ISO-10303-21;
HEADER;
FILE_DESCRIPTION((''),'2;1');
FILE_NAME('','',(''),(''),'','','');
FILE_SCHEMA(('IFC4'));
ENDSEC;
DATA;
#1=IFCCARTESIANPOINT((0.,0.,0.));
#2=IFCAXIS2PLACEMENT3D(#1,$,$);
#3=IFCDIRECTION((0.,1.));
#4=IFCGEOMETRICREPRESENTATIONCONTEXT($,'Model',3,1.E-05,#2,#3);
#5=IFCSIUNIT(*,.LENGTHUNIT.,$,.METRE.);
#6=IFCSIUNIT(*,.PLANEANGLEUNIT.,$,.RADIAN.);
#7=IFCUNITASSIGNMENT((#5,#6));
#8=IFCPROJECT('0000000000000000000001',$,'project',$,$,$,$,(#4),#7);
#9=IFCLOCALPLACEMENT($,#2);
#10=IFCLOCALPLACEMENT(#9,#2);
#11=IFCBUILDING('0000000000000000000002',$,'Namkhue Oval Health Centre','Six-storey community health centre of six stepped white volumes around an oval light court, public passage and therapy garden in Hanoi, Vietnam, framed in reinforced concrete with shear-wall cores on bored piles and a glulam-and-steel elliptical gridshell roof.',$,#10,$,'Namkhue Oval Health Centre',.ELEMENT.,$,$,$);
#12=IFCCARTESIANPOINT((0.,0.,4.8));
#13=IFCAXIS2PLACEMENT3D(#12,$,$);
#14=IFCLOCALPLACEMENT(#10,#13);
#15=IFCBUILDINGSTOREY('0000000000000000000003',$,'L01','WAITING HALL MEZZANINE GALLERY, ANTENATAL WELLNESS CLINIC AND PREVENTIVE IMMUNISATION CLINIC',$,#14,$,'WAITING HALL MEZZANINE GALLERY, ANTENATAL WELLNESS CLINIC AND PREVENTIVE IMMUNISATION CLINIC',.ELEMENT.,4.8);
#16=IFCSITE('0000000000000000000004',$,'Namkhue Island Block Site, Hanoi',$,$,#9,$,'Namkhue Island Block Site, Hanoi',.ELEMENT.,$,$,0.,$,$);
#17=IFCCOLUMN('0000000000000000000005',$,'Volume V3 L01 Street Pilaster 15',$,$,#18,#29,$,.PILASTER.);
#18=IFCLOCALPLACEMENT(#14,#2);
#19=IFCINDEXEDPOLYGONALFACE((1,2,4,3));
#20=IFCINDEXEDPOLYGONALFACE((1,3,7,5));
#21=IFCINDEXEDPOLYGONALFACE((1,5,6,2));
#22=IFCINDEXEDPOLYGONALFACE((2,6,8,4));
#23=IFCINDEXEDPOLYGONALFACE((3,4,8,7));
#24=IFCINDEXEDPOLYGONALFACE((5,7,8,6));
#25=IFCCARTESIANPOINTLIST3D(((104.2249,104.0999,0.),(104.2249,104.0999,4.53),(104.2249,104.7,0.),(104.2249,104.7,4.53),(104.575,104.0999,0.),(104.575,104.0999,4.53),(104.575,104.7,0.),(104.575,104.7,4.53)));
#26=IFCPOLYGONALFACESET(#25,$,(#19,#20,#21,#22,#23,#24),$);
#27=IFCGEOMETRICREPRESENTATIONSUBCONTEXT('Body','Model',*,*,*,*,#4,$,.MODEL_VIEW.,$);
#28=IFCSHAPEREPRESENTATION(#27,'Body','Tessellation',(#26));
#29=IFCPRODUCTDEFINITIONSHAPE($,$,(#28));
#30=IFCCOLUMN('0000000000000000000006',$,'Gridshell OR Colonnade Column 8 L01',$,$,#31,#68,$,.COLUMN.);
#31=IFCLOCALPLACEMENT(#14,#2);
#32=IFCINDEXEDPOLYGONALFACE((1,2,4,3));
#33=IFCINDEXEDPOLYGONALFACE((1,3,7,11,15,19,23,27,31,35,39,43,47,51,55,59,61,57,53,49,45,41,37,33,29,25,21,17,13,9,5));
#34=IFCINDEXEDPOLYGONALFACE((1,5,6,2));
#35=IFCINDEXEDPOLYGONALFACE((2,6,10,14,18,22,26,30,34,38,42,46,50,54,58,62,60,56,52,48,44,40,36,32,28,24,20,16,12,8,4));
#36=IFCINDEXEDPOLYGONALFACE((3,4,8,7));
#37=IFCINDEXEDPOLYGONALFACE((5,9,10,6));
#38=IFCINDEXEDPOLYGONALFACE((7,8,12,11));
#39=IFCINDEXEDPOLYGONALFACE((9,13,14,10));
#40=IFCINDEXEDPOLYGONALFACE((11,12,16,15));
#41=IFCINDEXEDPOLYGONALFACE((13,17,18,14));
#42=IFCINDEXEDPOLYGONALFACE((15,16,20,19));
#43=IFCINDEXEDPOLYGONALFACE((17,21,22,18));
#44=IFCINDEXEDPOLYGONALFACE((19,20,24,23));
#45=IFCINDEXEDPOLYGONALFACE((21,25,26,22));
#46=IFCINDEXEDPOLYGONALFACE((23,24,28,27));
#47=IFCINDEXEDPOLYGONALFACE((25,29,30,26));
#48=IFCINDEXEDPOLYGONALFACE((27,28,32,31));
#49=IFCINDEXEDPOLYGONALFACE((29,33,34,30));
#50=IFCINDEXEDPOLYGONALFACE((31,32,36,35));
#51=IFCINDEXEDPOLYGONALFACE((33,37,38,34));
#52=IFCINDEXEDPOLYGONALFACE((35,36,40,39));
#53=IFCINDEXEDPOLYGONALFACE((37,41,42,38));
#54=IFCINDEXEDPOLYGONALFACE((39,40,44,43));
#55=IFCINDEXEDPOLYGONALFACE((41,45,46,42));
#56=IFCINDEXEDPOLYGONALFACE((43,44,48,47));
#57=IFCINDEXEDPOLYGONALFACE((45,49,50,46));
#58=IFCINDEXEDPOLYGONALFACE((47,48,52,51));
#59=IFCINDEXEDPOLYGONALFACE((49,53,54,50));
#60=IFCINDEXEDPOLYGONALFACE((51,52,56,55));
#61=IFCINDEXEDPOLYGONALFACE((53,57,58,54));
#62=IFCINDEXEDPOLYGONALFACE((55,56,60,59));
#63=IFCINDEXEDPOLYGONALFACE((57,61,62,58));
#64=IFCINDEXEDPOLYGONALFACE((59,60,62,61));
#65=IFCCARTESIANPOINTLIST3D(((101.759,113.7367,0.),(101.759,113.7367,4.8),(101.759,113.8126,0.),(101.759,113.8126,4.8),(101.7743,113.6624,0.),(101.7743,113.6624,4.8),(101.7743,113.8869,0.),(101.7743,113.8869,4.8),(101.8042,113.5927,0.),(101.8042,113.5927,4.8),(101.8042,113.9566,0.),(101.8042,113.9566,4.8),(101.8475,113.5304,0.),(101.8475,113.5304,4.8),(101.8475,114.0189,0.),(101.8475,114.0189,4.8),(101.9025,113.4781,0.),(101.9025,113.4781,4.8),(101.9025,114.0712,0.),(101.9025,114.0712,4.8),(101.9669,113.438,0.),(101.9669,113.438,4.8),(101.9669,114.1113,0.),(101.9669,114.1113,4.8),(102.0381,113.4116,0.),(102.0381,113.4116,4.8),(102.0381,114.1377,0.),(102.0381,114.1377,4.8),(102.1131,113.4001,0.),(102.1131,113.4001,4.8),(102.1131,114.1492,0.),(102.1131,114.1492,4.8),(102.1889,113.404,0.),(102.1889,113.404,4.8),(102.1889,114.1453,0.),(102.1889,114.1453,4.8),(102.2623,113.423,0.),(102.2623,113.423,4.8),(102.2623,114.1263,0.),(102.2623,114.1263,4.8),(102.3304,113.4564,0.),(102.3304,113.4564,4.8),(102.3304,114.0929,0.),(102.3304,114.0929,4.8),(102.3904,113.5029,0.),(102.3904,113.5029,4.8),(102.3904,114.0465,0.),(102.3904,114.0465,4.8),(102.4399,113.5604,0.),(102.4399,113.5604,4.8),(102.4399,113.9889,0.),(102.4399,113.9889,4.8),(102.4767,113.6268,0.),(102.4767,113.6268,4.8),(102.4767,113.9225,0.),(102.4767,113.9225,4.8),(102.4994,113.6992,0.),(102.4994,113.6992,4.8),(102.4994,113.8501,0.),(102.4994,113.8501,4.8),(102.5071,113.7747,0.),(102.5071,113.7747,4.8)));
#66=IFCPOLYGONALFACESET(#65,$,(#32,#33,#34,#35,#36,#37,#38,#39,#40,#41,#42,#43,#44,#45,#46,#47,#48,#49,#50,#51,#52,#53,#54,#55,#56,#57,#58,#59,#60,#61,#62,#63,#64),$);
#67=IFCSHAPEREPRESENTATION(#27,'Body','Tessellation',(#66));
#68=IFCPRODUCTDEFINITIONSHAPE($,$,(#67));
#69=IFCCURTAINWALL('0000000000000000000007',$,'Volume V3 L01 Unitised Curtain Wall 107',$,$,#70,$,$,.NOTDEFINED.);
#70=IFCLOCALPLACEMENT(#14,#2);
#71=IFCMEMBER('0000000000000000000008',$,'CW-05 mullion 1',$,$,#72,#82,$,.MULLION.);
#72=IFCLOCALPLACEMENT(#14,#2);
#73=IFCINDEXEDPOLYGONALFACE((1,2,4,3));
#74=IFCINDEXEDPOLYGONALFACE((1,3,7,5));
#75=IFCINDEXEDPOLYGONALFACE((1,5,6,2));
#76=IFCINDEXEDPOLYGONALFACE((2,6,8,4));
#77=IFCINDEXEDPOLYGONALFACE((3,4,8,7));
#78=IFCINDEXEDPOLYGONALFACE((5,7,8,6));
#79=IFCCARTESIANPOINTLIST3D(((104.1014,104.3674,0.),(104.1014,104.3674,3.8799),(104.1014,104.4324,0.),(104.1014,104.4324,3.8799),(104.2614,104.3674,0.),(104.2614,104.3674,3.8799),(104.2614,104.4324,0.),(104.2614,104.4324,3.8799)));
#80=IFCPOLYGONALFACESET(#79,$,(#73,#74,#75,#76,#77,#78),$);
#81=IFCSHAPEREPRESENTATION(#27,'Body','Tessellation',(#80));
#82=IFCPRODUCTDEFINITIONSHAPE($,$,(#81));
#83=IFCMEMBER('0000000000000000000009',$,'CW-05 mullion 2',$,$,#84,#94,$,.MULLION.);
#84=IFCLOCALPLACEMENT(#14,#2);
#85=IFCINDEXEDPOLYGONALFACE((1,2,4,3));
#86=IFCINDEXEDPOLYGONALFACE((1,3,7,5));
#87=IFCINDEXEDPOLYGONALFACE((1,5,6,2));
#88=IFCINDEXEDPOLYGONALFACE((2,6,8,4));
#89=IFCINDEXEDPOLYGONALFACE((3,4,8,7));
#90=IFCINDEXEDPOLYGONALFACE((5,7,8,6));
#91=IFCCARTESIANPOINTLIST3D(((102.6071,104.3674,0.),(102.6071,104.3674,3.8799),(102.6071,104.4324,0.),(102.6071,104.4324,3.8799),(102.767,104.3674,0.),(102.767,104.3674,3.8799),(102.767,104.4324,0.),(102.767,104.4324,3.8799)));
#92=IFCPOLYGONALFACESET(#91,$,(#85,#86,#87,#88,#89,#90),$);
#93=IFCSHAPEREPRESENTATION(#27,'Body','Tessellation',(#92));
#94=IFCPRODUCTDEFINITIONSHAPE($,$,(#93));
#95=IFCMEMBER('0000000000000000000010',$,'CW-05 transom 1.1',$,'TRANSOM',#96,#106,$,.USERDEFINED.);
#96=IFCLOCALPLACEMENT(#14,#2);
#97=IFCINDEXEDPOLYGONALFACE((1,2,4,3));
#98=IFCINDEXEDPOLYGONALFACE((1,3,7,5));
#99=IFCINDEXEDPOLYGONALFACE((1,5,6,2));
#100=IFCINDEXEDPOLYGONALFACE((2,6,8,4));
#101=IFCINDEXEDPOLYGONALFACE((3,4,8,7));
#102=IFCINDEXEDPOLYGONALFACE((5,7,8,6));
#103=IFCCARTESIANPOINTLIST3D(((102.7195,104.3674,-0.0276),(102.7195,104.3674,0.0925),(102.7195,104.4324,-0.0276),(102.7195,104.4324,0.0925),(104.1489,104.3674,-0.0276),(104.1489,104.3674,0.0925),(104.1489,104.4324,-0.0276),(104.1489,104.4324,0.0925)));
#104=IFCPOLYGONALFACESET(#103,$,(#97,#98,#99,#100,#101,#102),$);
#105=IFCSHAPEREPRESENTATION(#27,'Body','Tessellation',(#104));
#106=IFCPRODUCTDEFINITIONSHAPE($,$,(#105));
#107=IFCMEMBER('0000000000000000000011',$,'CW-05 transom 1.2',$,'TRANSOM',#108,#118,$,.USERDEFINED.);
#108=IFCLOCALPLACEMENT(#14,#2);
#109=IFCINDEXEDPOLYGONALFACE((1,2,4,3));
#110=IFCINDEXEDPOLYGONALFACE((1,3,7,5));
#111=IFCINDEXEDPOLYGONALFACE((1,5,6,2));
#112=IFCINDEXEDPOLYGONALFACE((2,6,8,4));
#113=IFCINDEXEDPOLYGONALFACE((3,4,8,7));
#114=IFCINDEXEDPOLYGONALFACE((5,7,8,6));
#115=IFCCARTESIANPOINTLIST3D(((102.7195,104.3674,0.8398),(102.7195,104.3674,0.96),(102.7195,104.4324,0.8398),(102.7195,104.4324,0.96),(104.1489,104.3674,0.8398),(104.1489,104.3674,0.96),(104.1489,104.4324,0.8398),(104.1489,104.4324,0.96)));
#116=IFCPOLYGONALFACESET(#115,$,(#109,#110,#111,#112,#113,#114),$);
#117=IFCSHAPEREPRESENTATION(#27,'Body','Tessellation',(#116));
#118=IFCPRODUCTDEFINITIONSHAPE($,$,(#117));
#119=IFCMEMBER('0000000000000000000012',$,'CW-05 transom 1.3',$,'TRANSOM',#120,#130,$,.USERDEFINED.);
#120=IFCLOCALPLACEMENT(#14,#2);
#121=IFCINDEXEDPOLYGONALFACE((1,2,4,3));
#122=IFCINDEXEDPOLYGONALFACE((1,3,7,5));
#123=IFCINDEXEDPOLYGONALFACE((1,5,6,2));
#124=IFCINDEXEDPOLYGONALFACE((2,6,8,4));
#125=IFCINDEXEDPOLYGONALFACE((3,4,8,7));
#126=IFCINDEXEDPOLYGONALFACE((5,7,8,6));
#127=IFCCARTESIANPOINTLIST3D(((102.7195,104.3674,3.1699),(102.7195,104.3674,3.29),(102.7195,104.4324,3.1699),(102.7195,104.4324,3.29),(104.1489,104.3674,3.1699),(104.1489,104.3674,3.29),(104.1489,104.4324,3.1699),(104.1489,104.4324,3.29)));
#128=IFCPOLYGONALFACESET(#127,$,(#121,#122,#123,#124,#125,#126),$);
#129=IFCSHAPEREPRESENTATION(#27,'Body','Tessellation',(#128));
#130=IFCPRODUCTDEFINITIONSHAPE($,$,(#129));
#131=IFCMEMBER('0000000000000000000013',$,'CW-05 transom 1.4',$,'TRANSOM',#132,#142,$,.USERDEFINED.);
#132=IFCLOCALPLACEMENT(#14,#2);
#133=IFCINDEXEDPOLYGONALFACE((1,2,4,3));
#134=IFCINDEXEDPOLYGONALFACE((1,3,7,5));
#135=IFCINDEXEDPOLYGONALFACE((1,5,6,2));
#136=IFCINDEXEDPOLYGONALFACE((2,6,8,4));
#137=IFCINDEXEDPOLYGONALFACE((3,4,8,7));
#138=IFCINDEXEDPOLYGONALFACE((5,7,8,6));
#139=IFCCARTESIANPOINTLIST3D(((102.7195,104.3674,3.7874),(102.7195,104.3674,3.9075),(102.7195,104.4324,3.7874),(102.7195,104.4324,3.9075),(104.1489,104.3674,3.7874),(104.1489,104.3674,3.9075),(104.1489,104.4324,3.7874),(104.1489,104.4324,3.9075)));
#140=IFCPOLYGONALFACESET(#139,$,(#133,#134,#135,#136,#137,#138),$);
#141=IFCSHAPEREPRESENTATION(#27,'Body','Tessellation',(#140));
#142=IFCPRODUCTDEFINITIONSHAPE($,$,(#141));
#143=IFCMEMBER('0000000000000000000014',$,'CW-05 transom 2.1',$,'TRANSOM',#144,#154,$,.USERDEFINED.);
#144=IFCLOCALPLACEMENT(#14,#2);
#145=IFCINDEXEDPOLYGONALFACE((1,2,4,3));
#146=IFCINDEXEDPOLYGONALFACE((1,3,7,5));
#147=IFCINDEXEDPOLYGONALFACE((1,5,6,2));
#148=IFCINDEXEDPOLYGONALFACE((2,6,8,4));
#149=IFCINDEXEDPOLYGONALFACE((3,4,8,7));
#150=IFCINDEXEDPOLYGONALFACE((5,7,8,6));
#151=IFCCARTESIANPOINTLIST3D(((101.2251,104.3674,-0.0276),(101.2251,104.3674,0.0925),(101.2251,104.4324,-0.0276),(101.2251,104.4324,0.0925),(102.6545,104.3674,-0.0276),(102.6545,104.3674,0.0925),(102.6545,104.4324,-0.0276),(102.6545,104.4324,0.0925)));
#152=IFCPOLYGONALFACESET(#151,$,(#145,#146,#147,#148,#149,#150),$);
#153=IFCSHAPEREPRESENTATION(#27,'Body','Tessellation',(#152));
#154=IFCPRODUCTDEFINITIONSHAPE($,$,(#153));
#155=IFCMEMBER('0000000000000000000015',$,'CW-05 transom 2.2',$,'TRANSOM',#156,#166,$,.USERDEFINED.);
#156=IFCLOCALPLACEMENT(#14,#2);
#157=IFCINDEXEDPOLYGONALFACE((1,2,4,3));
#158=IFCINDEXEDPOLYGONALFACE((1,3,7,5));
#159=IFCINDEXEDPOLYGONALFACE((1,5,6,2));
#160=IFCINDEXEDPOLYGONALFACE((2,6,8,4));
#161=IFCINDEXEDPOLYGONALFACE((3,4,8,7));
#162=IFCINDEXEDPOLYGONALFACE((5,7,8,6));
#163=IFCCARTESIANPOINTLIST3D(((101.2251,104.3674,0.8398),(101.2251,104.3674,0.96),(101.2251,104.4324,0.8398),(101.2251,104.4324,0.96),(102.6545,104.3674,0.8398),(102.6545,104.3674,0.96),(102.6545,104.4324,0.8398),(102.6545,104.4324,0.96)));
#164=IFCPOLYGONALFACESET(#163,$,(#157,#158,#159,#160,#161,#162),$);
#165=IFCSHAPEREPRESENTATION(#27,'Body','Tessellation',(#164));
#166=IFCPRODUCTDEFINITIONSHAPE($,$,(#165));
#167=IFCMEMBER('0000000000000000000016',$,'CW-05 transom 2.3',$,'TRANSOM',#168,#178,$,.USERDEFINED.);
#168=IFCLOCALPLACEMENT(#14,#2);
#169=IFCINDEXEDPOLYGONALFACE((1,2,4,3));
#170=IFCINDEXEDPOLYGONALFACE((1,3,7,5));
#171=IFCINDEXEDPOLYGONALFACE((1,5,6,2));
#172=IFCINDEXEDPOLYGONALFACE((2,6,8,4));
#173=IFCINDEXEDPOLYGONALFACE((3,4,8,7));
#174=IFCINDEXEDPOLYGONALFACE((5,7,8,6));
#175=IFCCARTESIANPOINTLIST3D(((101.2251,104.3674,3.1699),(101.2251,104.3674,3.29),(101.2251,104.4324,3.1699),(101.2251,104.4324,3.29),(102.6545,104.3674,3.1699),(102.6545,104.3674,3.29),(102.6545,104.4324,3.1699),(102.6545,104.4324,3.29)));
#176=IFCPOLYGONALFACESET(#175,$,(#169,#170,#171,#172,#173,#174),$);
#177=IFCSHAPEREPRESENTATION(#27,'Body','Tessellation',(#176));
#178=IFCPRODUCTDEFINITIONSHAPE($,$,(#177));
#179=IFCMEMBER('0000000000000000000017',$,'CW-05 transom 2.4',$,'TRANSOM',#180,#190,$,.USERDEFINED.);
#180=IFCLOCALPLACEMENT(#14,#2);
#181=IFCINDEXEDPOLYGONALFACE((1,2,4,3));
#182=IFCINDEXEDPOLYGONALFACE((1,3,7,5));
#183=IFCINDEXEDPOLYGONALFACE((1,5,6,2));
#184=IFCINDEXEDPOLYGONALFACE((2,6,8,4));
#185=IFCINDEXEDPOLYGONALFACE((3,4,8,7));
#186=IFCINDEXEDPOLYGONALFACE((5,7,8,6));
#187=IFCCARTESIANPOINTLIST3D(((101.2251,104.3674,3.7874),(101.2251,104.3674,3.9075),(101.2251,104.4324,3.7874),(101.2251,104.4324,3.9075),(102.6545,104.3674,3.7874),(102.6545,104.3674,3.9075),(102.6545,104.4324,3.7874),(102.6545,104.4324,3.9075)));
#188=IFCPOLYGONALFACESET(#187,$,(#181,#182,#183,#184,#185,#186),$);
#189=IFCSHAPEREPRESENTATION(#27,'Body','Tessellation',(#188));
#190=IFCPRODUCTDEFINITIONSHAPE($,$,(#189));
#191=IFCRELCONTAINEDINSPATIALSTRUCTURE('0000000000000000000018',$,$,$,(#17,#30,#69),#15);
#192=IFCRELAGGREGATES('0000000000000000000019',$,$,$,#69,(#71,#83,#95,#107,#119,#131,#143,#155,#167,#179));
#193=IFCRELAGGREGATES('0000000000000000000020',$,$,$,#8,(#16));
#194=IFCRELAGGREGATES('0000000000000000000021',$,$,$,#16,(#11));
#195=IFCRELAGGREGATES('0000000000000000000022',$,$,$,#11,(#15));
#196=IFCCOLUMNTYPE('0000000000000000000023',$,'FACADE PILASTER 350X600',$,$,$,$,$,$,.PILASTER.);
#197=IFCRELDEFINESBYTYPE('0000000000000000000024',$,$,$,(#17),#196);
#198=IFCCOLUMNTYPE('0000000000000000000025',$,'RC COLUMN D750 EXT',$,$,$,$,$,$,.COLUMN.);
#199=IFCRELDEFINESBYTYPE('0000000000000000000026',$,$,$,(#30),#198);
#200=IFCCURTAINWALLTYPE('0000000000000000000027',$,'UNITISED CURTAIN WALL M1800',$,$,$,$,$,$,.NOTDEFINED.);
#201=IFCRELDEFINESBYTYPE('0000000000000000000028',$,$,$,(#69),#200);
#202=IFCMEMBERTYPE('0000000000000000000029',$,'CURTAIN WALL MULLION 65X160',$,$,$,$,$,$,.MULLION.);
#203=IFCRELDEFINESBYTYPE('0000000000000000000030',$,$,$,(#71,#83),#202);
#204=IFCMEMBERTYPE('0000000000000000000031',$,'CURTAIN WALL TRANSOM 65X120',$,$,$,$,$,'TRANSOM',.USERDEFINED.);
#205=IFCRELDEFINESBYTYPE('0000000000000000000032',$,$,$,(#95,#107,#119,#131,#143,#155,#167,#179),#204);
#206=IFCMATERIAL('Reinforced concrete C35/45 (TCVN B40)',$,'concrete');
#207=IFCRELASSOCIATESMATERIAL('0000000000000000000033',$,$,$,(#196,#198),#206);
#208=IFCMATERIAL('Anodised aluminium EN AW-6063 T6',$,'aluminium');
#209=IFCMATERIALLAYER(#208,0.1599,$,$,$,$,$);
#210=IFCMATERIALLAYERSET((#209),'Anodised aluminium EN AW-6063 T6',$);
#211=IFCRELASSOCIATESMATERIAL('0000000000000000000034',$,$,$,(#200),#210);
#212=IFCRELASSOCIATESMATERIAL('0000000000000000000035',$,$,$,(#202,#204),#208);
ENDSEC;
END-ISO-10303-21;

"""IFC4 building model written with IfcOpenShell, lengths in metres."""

from ifc_helpers import new_model, si_unit, direction, frame, origin, origin_2d, place, context, subcontext, project, spatial, rectangle, circle, extrude, material, layer, layer_set, material_profile, profile_set, type_object, element, aggregate, save


model = new_model("IFC4")

# Units and contexts
model_context = context("Model", 3, precision=1e-05, world=origin(), true_north=direction((0.0, 1.0)))
body_context = subcontext(model_context, "Body", "Model", "MODEL_VIEW")
ifc_project = project(units=[si_unit("LENGTHUNIT", "METRE"), si_unit("PLANEANGLEUNIT", "RADIAN")], contexts=[model_context])

# Site, building, storey
site_placement = place(None, origin())
site = spatial("IfcSite", under=ifc_project, at=site_placement, Name="Namkhue Island Block Site, Hanoi", LongName="Namkhue Island Block Site, Hanoi", CompositionType="ELEMENT", RefElevation=0.0)
building_placement = place(site_placement, origin())
building = spatial("IfcBuilding", under=site, at=building_placement, Name="Namkhue Oval Health Centre", Description="Six-storey community health centre of six stepped white volumes around an oval light court, public passage and therapy garden in Hanoi, Vietnam, framed in reinforced concrete with shear-wall cores on bored piles and a glulam-and-steel elliptical gridshell roof.", LongName="Namkhue Oval Health Centre", CompositionType="ELEMENT")
storey_placement = place(building_placement, frame((0.0, 0.0, 4.8)))
storey = spatial("IfcBuildingStorey", under=building, at=storey_placement, Name="L01", Description="WAITING HALL MEZZANINE GALLERY, ANTENATAL WELLNESS CLINIC AND PREVENTIVE IMMUNISATION CLINIC", LongName="WAITING HALL MEZZANINE GALLERY, ANTENATAL WELLNESS CLINIC AND PREVENTIVE IMMUNISATION CLINIC", CompositionType="ELEMENT", Elevation=4.8)

# Columns
ifc_material_1 = material(Name="Reinforced concrete C35/45 (TCVN B40)", Category="concrete")
ifc_material_profile_1 = material_profile(ifc_material_1, rectangle(XDim=0.3501, YDim=0.6001, at=origin_2d()), Name="RC 350x600")
ifc_profile_set_1 = profile_set([ifc_material_profile_1], Name="Reinforced concrete C35/45 (TCVN B40)")
column_type_1 = type_object("IfcColumnType", Name="FACADE PILASTER 350X600", PredefinedType="PILASTER", material=ifc_profile_set_1)
column_1_placement = place(storey_placement, frame((104.3999, 104.3999, 0.0), z_axis=(0.0, 0.0, 1.0), x_axis=(1.0, 0.0, 0.0)))
element("IfcColumn", 1, at=column_1_placement, inside=storey, type_object=column_type_1, Name="Volume V3 L01 Street Pilaster 15", PredefinedType="PILASTER", context=body_context, shape_type="SweptSolid", body=[
    extrude(rectangle(XDim=0.3501, YDim=0.6001, at=origin_2d()), origin(), (0.0, 0.0, 1.0), 4.53),
])
ifc_material_profile_2 = material_profile(ifc_material_1, circle(Radius=0.375, at=origin_2d()), Name="RC D750")
ifc_profile_set_2 = profile_set([ifc_material_profile_2], Name="Reinforced concrete C35/45 (TCVN B40)")
column_type_2 = type_object("IfcColumnType", Name="RC COLUMN D750 EXT", PredefinedType="COLUMN", material=ifc_profile_set_2)
column_2_placement = place(storey_placement, frame((102.1321, 113.7747, 0.0), z_axis=(0.0, 0.0, 1.0), x_axis=(1.0, 0.0, 0.0)))
element("IfcColumn", 2, at=column_2_placement, inside=storey, type_object=column_type_2, Name="Gridshell OR Colonnade Column 8 L01", PredefinedType="COLUMN", context=body_context, shape_type="SweptSolid", body=[
    extrude(circle(Radius=0.375, at=origin_2d()), origin(), (0.0, 0.0, 1.0), 4.8),
])

# Curtain wall, members
ifc_material_2 = material(Name="Anodised aluminium EN AW-6063 T6", Category="aluminium")
ifc_layer_1 = layer(ifc_material_2, 0.1599)
ifc_layer_set_1 = layer_set([ifc_layer_1], Name="Anodised aluminium EN AW-6063 T6")
curtain_wall_type = type_object("IfcCurtainWallType", Name="UNITISED CURTAIN WALL M1800", PredefinedType="NOTDEFINED", material=ifc_layer_set_1)
curtain_wall_placement = place(storey_placement, origin())
curtain_wall = element("IfcCurtainWall", 3, at=curtain_wall_placement, inside=storey, type_object=curtain_wall_type, Name="Volume V3 L01 Unitised Curtain Wall 107", PredefinedType="NOTDEFINED")
ifc_material_profile_3 = material_profile(ifc_material_2, rectangle(XDim=0.0649, YDim=0.1599, at=origin_2d()), Name="ALU 65x160")
ifc_profile_set_3 = profile_set([ifc_material_profile_3], Name="Anodised aluminium EN AW-6063 T6")
member_type_1 = type_object("IfcMemberType", Name="CURTAIN WALL MULLION 65X160", PredefinedType="MULLION", material=ifc_profile_set_3)
member_1_placement = place(storey_placement, frame((104.1814, 104.3999, 0.0), z_axis=(0.0, 0.0, 1.0), x_axis=(0.0, -1.0, 0.0)))
member_1 = element("IfcMember", 4, at=member_1_placement, type_object=member_type_1, Name="CW-05 mullion 1", PredefinedType="MULLION", context=body_context, shape_type="SweptSolid", body=[
    extrude(rectangle(XDim=0.0649, YDim=0.1599, at=origin_2d()), origin(), (0.0, 0.0, 1.0), 3.8799),
])
member_2_placement = place(storey_placement, frame((102.687, 104.3999, 0.0), z_axis=(0.0, 0.0, 1.0), x_axis=(0.0, -1.0, 0.0)))
member_2 = element("IfcMember", 5, at=member_2_placement, type_object=member_type_1, Name="CW-05 mullion 2", PredefinedType="MULLION", context=body_context, shape_type="SweptSolid", body=[
    extrude(rectangle(XDim=0.0649, YDim=0.1599, at=origin_2d()), origin(), (0.0, 0.0, 1.0), 3.8799),
])
ifc_material_profile_4 = material_profile(ifc_material_2, rectangle(XDim=0.0649, YDim=0.1201, at=origin_2d()), Name="ALU 65x120")
ifc_profile_set_4 = profile_set([ifc_material_profile_4], Name="Anodised aluminium EN AW-6063 T6")
member_type_2 = type_object("IfcMemberType", Name="CURTAIN WALL TRANSOM 65X120", ElementType="TRANSOM", PredefinedType="USERDEFINED", material=ifc_profile_set_4)
member_3_placement = place(storey_placement, frame((104.1489, 104.3999, 0.0325), z_axis=(-1.0, 0.0, 0.0), x_axis=(0.0, -1.0, 0.0)))
member_3 = element("IfcMember", 6, at=member_3_placement, type_object=member_type_2, Name="CW-05 transom 1.1", ObjectType="TRANSOM", PredefinedType="USERDEFINED", context=body_context, shape_type="SweptSolid", body=[
    extrude(rectangle(XDim=0.0649, YDim=0.1201, at=origin_2d()), origin(), (0.0, 0.0, 1.0), 1.4294),
])
member_4_placement = place(storey_placement, frame((104.1489, 104.3999, 0.8999), z_axis=(-1.0, 0.0, 0.0), x_axis=(0.0, -1.0, 0.0)))
member_4 = element("IfcMember", 7, at=member_4_placement, type_object=member_type_2, Name="CW-05 transom 1.2", ObjectType="TRANSOM", PredefinedType="USERDEFINED", context=body_context, shape_type="SweptSolid", body=[
    extrude(rectangle(XDim=0.0649, YDim=0.1201, at=origin_2d()), origin(), (0.0, 0.0, 1.0), 1.4294),
])
member_5_placement = place(storey_placement, frame((104.1489, 104.3999, 3.23), z_axis=(-1.0, 0.0, 0.0), x_axis=(0.0, -1.0, 0.0)))
member_5 = element("IfcMember", 8, at=member_5_placement, type_object=member_type_2, Name="CW-05 transom 1.3", ObjectType="TRANSOM", PredefinedType="USERDEFINED", context=body_context, shape_type="SweptSolid", body=[
    extrude(rectangle(XDim=0.0649, YDim=0.1201, at=origin_2d()), origin(), (0.0, 0.0, 1.0), 1.4294),
])
member_6_placement = place(storey_placement, frame((104.1489, 104.3999, 3.8474), z_axis=(-1.0, 0.0, 0.0), x_axis=(0.0, -1.0, 0.0)))
member_6 = element("IfcMember", 9, at=member_6_placement, type_object=member_type_2, Name="CW-05 transom 1.4", ObjectType="TRANSOM", PredefinedType="USERDEFINED", context=body_context, shape_type="SweptSolid", body=[
    extrude(rectangle(XDim=0.0649, YDim=0.1201, at=origin_2d()), origin(), (0.0, 0.0, 1.0), 1.4294),
])
member_7_placement = place(storey_placement, frame((102.6545, 104.3999, 0.0325), z_axis=(-1.0, 0.0, 0.0), x_axis=(0.0, -1.0, 0.0)))
member_7 = element("IfcMember", 10, at=member_7_placement, type_object=member_type_2, Name="CW-05 transom 2.1", ObjectType="TRANSOM", PredefinedType="USERDEFINED", context=body_context, shape_type="SweptSolid", body=[
    extrude(rectangle(XDim=0.0649, YDim=0.1201, at=origin_2d()), origin(), (0.0, 0.0, 1.0), 1.4294),
])
member_8_placement = place(storey_placement, frame((102.6545, 104.3999, 0.8999), z_axis=(-1.0, 0.0, 0.0), x_axis=(0.0, -1.0, 0.0)))
member_8 = element("IfcMember", 11, at=member_8_placement, type_object=member_type_2, Name="CW-05 transom 2.2", ObjectType="TRANSOM", PredefinedType="USERDEFINED", context=body_context, shape_type="SweptSolid", body=[
    extrude(rectangle(XDim=0.0649, YDim=0.1201, at=origin_2d()), origin(), (0.0, 0.0, 1.0), 1.4294),
])
member_9_placement = place(storey_placement, frame((102.6545, 104.3999, 3.23), z_axis=(-1.0, 0.0, 0.0), x_axis=(0.0, -1.0, 0.0)))
member_9 = element("IfcMember", 12, at=member_9_placement, type_object=member_type_2, Name="CW-05 transom 2.3", ObjectType="TRANSOM", PredefinedType="USERDEFINED", context=body_context, shape_type="SweptSolid", body=[
    extrude(rectangle(XDim=0.0649, YDim=0.1201, at=origin_2d()), origin(), (0.0, 0.0, 1.0), 1.4294),
])
member_10_placement = place(storey_placement, frame((102.6545, 104.3999, 3.8474), z_axis=(-1.0, 0.0, 0.0), x_axis=(0.0, -1.0, 0.0)))
member_10 = element("IfcMember", 13, at=member_10_placement, type_object=member_type_2, Name="CW-05 transom 2.4", ObjectType="TRANSOM", PredefinedType="USERDEFINED", context=body_context, shape_type="SweptSolid", body=[
    extrude(rectangle(XDim=0.0649, YDim=0.1201, at=origin_2d()), origin(), (0.0, 0.0, 1.0), 1.4294),
])
aggregate(curtain_wall, [member_1, member_2, member_3, member_4, member_5, member_6, member_7, member_8, member_9, member_10])

save(model, "model.ifc")
